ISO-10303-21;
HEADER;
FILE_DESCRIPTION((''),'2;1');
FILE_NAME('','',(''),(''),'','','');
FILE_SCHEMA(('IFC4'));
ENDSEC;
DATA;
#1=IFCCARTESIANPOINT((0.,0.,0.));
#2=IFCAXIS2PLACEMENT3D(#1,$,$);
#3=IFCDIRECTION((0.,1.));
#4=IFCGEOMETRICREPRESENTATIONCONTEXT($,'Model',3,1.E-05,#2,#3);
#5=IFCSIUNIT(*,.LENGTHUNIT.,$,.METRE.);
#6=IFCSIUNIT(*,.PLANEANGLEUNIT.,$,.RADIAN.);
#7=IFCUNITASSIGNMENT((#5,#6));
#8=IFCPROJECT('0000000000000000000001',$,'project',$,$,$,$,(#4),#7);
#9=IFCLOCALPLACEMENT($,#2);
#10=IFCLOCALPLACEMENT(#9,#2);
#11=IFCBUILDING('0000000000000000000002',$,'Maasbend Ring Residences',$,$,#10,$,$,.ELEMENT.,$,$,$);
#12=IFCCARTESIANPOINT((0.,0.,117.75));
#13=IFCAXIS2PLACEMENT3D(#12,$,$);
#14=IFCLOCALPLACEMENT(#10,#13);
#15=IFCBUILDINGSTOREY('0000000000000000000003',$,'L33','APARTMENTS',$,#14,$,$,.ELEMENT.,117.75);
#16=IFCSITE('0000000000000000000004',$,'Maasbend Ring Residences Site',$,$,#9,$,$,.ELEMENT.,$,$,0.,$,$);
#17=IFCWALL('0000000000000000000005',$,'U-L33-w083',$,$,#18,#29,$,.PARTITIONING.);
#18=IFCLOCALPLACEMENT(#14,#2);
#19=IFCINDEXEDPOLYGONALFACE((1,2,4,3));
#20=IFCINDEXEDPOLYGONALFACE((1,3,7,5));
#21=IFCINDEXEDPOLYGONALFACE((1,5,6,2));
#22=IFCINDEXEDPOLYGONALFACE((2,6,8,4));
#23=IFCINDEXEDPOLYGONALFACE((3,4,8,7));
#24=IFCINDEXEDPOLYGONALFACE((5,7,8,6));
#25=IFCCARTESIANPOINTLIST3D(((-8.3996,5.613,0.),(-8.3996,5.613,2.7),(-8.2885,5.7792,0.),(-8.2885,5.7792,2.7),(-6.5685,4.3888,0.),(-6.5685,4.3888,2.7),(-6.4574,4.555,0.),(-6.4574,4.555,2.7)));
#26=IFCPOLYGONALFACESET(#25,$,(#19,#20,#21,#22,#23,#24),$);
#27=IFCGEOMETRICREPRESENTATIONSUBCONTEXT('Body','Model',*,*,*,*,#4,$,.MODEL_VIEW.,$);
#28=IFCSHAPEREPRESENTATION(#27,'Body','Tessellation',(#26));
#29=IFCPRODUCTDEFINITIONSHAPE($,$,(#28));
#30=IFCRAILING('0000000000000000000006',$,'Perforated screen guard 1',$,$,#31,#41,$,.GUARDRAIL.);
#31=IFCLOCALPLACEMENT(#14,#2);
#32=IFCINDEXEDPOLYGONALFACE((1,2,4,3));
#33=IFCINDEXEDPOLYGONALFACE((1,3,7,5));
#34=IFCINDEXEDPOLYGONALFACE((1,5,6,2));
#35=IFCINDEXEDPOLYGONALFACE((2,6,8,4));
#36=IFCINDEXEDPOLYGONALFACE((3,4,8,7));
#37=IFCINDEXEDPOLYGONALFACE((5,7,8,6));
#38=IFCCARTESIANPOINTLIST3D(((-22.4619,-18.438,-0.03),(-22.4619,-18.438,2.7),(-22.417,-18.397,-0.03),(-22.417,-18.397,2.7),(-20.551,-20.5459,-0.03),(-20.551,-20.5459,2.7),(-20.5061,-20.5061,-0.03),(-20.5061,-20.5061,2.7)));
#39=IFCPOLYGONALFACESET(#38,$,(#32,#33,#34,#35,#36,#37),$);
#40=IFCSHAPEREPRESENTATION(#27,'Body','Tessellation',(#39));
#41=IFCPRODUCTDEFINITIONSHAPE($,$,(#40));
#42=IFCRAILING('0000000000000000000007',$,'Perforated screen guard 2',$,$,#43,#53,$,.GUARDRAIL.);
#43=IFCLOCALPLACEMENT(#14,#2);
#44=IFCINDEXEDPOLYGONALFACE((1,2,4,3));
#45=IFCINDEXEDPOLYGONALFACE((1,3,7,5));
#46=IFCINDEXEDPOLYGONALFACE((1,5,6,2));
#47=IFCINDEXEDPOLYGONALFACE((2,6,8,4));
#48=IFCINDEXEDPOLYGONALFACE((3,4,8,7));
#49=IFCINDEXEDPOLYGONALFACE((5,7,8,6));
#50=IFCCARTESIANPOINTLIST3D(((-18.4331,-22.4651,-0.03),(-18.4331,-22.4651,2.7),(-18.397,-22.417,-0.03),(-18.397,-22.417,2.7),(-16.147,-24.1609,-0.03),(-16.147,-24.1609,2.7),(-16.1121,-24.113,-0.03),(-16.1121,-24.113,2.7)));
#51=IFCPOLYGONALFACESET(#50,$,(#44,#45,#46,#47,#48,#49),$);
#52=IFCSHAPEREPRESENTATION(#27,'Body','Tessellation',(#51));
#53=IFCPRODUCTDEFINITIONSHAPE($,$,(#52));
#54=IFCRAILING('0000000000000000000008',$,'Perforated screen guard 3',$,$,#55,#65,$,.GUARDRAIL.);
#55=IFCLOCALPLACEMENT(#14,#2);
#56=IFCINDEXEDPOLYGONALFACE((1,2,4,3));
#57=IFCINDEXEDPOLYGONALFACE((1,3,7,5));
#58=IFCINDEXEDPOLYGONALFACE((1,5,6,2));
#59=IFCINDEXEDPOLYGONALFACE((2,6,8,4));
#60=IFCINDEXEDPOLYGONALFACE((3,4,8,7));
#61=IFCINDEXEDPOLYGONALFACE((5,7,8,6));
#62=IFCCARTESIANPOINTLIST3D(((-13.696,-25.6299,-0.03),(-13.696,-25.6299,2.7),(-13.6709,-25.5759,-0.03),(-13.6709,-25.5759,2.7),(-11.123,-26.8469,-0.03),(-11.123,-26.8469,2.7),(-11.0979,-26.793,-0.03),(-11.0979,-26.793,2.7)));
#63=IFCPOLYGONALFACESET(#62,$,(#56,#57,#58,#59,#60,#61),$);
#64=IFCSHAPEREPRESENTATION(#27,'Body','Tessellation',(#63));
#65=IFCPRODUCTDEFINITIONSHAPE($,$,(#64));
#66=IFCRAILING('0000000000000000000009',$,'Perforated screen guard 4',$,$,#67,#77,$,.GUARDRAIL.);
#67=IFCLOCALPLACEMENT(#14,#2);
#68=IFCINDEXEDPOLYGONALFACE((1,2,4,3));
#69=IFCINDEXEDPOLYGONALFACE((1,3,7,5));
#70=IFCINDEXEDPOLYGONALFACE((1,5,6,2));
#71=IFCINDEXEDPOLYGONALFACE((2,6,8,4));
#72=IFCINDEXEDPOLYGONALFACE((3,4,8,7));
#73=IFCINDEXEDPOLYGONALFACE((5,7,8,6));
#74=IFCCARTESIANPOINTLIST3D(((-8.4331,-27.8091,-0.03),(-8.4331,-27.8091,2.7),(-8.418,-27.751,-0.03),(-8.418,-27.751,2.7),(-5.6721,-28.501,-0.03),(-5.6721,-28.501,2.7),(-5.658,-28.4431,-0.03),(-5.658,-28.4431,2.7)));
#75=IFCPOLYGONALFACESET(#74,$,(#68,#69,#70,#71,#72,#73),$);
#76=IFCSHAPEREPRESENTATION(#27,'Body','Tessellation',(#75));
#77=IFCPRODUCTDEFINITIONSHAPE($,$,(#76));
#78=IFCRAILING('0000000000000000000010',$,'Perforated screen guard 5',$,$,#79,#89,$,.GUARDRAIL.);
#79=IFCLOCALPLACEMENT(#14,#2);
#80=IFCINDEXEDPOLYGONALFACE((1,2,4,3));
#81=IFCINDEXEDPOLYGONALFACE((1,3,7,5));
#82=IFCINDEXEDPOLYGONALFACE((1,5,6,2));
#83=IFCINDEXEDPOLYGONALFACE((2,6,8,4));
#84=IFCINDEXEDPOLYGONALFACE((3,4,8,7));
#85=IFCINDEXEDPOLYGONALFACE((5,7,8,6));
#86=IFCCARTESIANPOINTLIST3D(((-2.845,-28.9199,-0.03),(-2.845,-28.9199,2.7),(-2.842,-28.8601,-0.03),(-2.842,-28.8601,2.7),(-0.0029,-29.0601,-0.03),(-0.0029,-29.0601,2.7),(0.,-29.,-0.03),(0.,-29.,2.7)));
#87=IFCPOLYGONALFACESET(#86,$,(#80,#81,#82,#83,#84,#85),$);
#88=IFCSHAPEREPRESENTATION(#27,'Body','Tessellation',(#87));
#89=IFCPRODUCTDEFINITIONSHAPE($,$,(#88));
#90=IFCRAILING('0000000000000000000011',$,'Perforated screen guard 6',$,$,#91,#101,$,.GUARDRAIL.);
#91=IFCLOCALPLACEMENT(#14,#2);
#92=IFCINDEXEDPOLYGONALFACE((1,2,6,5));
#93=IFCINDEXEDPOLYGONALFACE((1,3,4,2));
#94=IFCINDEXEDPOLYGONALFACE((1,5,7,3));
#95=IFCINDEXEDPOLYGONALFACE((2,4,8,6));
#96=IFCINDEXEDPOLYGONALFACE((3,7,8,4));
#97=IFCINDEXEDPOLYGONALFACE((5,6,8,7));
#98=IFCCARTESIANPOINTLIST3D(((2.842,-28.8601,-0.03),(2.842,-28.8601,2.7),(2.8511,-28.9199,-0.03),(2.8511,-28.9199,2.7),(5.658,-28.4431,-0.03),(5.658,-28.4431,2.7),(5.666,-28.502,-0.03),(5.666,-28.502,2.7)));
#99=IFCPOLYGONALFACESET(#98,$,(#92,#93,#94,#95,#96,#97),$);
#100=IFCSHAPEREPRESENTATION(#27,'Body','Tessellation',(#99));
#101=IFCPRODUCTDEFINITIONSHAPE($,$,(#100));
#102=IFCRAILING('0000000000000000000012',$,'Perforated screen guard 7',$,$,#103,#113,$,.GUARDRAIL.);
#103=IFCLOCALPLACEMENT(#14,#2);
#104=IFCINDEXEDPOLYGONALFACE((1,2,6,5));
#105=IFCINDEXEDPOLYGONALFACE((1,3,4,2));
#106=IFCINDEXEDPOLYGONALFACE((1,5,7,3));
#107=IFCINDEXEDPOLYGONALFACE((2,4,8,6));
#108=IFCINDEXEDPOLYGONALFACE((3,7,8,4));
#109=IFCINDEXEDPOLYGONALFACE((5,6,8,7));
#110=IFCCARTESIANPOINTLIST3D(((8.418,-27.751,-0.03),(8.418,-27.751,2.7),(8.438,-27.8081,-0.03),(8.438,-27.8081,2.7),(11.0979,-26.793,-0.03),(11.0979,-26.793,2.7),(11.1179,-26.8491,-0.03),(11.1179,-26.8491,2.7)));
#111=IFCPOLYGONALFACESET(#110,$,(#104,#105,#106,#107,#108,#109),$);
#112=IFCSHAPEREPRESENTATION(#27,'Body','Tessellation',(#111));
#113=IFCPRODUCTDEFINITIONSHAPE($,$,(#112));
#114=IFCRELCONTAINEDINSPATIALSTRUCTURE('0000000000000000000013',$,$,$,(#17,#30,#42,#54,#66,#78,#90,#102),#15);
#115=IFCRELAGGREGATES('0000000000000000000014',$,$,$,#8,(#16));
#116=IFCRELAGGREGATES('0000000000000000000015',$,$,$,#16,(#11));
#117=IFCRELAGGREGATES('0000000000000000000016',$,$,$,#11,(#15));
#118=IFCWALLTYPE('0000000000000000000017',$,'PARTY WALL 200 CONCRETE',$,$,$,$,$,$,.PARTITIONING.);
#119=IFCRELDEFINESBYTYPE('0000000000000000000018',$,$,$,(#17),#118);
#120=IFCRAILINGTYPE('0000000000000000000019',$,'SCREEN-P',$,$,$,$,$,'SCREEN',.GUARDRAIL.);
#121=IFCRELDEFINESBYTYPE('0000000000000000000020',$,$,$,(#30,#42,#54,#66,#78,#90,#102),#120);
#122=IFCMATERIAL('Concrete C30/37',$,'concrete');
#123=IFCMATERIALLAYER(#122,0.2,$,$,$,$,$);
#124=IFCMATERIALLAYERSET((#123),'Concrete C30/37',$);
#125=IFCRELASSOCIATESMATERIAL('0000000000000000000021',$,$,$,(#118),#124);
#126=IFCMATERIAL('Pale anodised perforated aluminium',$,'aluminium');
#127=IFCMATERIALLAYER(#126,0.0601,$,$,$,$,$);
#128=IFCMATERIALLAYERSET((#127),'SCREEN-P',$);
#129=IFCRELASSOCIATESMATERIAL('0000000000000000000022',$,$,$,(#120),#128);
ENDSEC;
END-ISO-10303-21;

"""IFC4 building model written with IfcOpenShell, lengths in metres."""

from ifc_helpers import new_model, si_unit, direction, frame, frame_2d, origin, place, context, subcontext, project, spatial, polyline, rectangle, outline, extrude, material, layer, layer_set, type_object, element, save


model = new_model("IFC4")

# Units and contexts
model_context = context("Model", 3, precision=1e-05, world=origin(), true_north=direction((0.0, 1.0)))
body_context = subcontext(model_context, "Body", "Model", "MODEL_VIEW")
ifc_project = project(units=[si_unit("LENGTHUNIT", "METRE"), si_unit("PLANEANGLEUNIT", "RADIAN")], contexts=[model_context])

# Site, building, storey
site_placement = place(None, origin())
site = spatial("IfcSite", under=ifc_project, at=site_placement, Name="Maasbend Ring Residences Site", CompositionType="ELEMENT", RefElevation=0.0)
building_placement = place(site_placement, origin())
building = spatial("IfcBuilding", under=site, at=building_placement, Name="Maasbend Ring Residences", CompositionType="ELEMENT")
storey_placement = place(building_placement, frame((0.0, 0.0, 117.75)))
storey = spatial("IfcBuildingStorey", under=building, at=storey_placement, Name="L33", Description="APARTMENTS", CompositionType="ELEMENT", Elevation=117.75)

# Wall
ifc_material_1 = material(Name="Concrete C30/37", Category="concrete")
ifc_layer_1 = layer(ifc_material_1, 0.2)
ifc_layer_set_1 = layer_set([ifc_layer_1], Name="Concrete C30/37")
wall_type_1 = type_object("IfcWallType", Name="PARTY WALL 200 CONCRETE", PredefinedType="PARTITIONING", material=ifc_layer_set_1)
wall_1_placement = place(storey_placement, frame((-6.5129, 4.4719, 0.0), z_axis=(0.0, 0.0, 1.0), x_axis=(-0.831333, 0.555774, 0.0)))
element("IfcWall", 1, at=wall_1_placement, inside=storey, type_object=wall_type_1, Name="U-L33-w083", PredefinedType="PARTITIONING", context=body_context, shape_type="SweptSolid", body=[
    extrude(rectangle(XDim=2.2026, YDim=0.2, at=frame_2d((1.1013, 0.0))), origin(), (0.0, 0.0, 1.0), 2.7),
])

# Railings
ifc_material_2 = material(Name="Pale anodised perforated aluminium", Category="aluminium")
ifc_layer_2 = layer(ifc_material_2, 0.0601)
ifc_layer_set_2 = layer_set([ifc_layer_2], Name="SCREEN-P")
railing_type = type_object("IfcRailingType", Name="SCREEN-P", ElementType="SCREEN", PredefinedType="GUARDRAIL", material=ifc_layer_set_2)
railing_1_placement = place(storey_placement, frame((0.0, 0.0, -0.03)))
element("IfcRailing", 2, at=railing_1_placement, inside=storey, type_object=railing_type, Name="Perforated screen guard 1", PredefinedType="GUARDRAIL", context=body_context, shape_type="SweptSolid", body=[
    extrude(outline(polyline([(-22.417, -18.397), (-20.5061, -20.5061), (-20.551, -20.5459), (-22.4619, -18.438), (-22.417, -18.397)])), origin(), (0.0, 0.0, 1.0), 2.73),
])
railing_2_placement = place(storey_placement, frame((0.0, 0.0, -0.03)))
element("IfcRailing", 3, at=railing_2_placement, inside=storey, type_object=railing_type, Name="Perforated screen guard 2", PredefinedType="GUARDRAIL", context=body_context, shape_type="SweptSolid", body=[
    extrude(outline(polyline([(-18.397, -22.417), (-16.1121, -24.113), (-16.147, -24.1609), (-18.4331, -22.4651), (-18.397, -22.417)])), origin(), (0.0, 0.0, 1.0), 2.73),
])
railing_3_placement = place(storey_placement, frame((0.0, 0.0, -0.03)))
element("IfcRailing", 4, at=railing_3_placement, inside=storey, type_object=railing_type, Name="Perforated screen guard 3", PredefinedType="GUARDRAIL", context=body_context, shape_type="SweptSolid", body=[
    extrude(outline(polyline([(-13.6709, -25.5759), (-11.0979, -26.793), (-11.123, -26.8469), (-13.696, -25.6299), (-13.6709, -25.5759)])), origin(), (0.0, 0.0, 1.0), 2.73),
])
railing_4_placement = place(storey_placement, frame((0.0, 0.0, -0.03)))
element("IfcRailing", 5, at=railing_4_placement, inside=storey, type_object=railing_type, Name="Perforated screen guard 4", PredefinedType="GUARDRAIL", context=body_context, shape_type="SweptSolid", body=[
    extrude(outline(polyline([(-8.418, -27.751), (-5.658, -28.4431), (-5.6721, -28.501), (-8.4331, -27.8091), (-8.418, -27.751)])), origin(), (0.0, 0.0, 1.0), 2.73),
])
railing_5_placement = place(storey_placement, frame((0.0, 0.0, -0.03)))
element("IfcRailing", 6, at=railing_5_placement, inside=storey, type_object=railing_type, Name="Perforated screen guard 5", PredefinedType="GUARDRAIL", context=body_context, shape_type="SweptSolid", body=[
    extrude(outline(polyline([(-2.842, -28.8601), (0.0, -29.0), (-0.0029, -29.0601), (-2.845, -28.9199), (-2.842, -28.8601)])), origin(), (0.0, 0.0, 1.0), 2.73),
])
railing_6_placement = place(storey_placement, frame((0.0, 0.0, -0.03)))
element("IfcRailing", 7, at=railing_6_placement, inside=storey, type_object=railing_type, Name="Perforated screen guard 6", PredefinedType="GUARDRAIL", context=body_context, shape_type="SweptSolid", body=[
    extrude(outline(polyline([(2.842, -28.8601), (5.658, -28.4431), (5.666, -28.502), (2.8511, -28.9199), (2.842, -28.8601)])), origin(), (0.0, 0.0, 1.0), 2.73),
])
railing_7_placement = place(storey_placement, frame((0.0, 0.0, -0.03)))
element("IfcRailing", 8, at=railing_7_placement, inside=storey, type_object=railing_type, Name="Perforated screen guard 7", PredefinedType="GUARDRAIL", context=body_context, shape_type="SweptSolid", body=[
    extrude(outline(polyline([(8.418, -27.751), (11.0979, -26.793), (11.1179, -26.8491), (8.438, -27.8081), (8.418, -27.751)])), origin(), (0.0, 0.0, 1.0), 2.73),
])

save(model, "model.ifc")
